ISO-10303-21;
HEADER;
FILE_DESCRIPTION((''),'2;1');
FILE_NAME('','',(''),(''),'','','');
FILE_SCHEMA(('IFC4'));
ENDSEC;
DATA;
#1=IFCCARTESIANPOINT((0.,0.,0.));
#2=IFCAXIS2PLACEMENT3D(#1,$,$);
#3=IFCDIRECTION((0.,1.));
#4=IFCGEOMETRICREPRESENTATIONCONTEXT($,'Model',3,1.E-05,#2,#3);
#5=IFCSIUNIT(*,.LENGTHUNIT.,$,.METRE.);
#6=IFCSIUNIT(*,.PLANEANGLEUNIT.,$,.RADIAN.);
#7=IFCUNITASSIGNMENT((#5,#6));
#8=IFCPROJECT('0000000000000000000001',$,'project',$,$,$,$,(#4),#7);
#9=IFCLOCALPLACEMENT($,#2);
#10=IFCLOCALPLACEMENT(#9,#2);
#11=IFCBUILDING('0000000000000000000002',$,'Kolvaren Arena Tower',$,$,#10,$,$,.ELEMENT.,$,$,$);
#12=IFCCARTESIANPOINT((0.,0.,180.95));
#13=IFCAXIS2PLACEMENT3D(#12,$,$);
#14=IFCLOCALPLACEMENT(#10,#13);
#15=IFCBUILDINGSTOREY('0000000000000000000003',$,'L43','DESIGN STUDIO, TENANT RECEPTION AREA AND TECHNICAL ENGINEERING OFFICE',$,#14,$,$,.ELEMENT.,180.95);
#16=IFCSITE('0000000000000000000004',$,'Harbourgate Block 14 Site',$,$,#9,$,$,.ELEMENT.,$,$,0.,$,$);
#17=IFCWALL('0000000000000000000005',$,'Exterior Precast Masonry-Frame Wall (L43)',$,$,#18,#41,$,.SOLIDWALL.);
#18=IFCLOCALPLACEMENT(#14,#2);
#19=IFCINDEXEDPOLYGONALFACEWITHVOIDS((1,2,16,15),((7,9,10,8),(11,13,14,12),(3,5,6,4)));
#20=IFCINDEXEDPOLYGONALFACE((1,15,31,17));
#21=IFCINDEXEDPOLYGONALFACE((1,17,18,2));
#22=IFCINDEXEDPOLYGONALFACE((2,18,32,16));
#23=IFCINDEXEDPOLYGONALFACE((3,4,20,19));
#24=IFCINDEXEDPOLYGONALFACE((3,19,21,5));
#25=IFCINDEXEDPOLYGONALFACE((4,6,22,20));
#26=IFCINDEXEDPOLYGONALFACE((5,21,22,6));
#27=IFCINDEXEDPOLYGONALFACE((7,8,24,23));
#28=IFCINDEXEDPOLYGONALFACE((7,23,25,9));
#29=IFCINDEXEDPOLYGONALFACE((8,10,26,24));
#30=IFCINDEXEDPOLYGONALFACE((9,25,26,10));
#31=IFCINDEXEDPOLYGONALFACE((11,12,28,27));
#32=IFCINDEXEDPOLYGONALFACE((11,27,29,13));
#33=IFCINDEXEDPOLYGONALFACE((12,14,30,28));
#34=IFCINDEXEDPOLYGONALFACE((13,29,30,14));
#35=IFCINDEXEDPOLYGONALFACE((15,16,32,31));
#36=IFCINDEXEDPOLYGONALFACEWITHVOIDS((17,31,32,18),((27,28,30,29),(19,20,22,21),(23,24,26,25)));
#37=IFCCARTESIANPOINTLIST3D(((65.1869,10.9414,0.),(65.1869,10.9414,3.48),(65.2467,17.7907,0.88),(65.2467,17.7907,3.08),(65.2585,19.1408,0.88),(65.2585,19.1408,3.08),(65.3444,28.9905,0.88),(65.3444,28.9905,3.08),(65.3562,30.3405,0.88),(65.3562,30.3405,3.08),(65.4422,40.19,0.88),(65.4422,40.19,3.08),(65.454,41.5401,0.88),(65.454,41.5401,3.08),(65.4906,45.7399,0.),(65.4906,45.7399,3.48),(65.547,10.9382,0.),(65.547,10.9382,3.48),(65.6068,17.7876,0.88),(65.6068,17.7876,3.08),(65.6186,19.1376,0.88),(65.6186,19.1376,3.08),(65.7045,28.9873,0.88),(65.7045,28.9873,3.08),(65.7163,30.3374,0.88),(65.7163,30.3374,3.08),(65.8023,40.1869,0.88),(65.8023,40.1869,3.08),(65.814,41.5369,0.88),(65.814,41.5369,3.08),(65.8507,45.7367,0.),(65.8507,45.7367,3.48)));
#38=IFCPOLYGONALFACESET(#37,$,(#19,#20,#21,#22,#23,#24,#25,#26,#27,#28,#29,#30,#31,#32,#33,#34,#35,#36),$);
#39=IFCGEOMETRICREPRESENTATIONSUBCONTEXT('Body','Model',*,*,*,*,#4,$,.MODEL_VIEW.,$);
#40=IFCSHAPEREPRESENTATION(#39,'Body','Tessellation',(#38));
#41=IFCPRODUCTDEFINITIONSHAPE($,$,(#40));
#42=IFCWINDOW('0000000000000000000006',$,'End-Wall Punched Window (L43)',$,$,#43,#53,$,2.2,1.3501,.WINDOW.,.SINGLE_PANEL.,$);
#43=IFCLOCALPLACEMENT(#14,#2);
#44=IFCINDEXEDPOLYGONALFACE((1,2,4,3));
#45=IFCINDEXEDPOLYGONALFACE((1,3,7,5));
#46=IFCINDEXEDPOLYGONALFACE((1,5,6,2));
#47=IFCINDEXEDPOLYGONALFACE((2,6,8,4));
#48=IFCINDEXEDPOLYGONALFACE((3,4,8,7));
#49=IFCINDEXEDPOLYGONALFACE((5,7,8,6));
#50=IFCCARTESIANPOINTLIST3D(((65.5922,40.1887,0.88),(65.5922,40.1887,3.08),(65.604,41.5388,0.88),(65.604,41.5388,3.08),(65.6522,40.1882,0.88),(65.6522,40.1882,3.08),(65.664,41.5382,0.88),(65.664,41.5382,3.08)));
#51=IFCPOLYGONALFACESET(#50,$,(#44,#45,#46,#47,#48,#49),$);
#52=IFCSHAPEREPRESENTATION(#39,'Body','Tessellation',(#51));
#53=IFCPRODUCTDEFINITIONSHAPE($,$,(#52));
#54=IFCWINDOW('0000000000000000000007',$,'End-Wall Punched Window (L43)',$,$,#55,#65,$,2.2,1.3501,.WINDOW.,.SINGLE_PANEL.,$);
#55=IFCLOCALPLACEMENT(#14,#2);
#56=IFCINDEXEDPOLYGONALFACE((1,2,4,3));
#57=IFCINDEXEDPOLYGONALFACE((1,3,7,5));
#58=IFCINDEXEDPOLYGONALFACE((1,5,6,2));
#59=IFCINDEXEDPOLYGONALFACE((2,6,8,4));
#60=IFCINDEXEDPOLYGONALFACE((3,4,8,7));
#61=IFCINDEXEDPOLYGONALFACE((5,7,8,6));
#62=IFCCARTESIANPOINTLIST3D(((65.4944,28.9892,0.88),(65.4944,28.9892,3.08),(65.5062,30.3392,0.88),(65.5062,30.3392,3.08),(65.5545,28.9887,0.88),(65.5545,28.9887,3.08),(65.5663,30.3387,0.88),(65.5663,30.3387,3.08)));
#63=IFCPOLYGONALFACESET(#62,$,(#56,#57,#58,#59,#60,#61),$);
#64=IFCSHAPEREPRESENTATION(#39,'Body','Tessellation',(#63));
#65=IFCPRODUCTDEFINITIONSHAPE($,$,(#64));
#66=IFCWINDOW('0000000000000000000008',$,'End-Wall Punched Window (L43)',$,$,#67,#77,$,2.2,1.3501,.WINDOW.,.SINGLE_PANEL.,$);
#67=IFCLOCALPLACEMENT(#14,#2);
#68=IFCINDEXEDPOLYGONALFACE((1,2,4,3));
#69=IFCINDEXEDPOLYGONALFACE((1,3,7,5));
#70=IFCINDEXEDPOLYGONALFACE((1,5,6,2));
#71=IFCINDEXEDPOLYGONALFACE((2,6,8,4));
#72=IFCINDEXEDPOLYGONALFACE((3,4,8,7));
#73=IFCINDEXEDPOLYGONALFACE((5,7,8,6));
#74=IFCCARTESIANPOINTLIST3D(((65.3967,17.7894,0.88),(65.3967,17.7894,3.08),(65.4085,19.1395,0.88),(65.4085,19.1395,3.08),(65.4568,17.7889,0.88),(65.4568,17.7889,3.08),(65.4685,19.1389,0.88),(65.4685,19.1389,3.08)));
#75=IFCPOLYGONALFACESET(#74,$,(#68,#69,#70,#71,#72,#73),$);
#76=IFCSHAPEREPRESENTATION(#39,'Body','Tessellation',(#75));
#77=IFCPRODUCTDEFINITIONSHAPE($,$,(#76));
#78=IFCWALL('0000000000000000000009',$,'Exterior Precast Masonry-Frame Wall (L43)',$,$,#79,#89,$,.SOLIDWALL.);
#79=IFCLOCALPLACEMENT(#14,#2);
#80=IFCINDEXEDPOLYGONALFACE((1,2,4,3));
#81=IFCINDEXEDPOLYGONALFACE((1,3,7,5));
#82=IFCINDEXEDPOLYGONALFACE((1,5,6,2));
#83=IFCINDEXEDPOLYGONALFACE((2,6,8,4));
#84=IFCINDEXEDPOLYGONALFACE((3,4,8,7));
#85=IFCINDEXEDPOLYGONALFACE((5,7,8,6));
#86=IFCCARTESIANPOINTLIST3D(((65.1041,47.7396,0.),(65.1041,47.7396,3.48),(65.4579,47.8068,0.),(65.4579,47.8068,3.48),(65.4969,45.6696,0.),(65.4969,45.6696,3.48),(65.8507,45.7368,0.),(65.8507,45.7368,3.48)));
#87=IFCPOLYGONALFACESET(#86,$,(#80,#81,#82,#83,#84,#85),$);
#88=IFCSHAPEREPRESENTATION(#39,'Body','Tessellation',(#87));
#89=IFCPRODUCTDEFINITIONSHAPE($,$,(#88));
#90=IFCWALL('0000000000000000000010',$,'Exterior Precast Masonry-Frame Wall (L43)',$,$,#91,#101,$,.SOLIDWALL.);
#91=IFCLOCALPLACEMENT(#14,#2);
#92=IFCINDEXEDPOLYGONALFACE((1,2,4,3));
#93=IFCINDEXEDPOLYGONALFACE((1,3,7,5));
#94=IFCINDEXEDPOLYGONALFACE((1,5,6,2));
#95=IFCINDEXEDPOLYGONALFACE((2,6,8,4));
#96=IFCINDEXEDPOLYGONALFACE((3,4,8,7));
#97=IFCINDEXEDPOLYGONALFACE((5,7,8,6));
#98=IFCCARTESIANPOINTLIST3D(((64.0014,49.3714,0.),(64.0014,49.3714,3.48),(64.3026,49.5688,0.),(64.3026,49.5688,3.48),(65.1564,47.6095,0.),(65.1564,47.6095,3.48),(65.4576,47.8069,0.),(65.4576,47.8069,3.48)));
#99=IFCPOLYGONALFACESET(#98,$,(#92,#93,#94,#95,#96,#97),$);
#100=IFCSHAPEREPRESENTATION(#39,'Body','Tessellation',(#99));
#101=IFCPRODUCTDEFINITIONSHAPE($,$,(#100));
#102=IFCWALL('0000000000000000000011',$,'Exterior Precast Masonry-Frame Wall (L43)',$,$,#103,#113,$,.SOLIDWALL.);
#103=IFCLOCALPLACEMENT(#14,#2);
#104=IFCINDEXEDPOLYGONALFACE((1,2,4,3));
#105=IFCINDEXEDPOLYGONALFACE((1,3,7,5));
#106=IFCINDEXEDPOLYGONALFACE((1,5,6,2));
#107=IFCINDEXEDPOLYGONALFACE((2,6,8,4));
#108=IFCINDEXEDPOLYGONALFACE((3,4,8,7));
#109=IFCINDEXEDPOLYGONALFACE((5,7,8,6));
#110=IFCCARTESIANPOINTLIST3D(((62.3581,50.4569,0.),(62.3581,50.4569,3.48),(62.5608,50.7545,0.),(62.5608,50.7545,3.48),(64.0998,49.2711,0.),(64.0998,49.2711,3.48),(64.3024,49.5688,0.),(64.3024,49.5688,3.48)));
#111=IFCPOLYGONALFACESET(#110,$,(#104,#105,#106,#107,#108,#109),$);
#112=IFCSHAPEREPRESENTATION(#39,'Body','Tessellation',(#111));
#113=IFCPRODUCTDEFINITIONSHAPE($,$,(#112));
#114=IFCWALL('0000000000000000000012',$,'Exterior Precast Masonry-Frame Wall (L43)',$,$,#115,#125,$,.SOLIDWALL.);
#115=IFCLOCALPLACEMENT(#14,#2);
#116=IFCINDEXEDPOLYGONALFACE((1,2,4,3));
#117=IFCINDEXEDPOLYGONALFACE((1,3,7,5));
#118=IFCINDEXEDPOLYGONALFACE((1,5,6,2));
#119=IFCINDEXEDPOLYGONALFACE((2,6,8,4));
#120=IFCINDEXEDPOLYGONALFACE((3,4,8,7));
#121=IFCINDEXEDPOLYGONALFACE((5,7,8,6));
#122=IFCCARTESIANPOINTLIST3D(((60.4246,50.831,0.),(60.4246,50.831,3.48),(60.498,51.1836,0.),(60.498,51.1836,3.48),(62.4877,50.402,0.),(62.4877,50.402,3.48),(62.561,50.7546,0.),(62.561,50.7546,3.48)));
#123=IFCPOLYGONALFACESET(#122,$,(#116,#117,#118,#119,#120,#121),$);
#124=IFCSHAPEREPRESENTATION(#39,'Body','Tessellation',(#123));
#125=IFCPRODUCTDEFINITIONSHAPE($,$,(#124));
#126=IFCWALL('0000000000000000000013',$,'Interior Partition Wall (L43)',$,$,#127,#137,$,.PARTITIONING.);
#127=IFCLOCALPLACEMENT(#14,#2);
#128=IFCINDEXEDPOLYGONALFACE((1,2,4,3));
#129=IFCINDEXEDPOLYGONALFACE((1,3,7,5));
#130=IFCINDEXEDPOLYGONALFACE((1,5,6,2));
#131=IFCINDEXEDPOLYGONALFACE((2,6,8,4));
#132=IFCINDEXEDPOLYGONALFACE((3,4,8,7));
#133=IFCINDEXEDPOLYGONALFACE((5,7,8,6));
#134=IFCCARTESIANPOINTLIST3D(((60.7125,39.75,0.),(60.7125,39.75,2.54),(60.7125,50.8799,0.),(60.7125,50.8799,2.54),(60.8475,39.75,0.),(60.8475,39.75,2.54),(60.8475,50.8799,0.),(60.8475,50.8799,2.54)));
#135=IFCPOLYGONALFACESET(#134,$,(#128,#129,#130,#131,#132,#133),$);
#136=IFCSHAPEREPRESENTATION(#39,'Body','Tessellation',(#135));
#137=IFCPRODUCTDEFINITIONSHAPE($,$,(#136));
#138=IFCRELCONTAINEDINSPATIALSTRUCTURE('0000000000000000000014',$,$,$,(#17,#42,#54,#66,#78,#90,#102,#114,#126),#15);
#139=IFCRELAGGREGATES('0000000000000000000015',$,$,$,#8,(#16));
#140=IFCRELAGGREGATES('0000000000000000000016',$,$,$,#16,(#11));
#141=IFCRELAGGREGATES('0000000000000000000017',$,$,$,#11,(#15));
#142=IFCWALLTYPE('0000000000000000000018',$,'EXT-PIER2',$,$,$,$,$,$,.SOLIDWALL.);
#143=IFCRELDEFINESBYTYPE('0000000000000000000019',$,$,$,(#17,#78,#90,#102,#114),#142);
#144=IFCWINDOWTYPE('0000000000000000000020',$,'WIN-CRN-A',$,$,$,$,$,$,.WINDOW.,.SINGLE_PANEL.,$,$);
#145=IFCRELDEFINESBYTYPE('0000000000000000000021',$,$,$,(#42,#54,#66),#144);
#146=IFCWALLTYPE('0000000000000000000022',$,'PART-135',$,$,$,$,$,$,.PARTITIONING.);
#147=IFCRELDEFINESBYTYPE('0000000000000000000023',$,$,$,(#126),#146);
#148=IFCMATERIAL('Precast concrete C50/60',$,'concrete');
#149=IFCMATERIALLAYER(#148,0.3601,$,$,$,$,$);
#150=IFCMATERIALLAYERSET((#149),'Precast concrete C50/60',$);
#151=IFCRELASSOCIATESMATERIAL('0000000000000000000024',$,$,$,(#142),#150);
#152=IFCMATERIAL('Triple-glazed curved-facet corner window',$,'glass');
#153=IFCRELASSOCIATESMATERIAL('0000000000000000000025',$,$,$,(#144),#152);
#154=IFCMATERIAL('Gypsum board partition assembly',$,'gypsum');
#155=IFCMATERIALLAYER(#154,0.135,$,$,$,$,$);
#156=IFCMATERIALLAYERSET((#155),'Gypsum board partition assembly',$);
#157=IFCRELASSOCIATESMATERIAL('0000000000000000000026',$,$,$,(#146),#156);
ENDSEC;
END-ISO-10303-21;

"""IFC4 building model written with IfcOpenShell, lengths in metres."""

from ifc_helpers import new_model, si_unit, direction, frame, frame_2d, origin, place, context, subcontext, project, spatial, rectangle, extrude, material, layer, layer_set, type_object, element, fill, save


model = new_model("IFC4")

# Units and contexts
model_context = context("Model", 3, precision=1e-05, world=origin(), true_north=direction((0.0, 1.0)))
body_context = subcontext(model_context, "Body", "Model", "MODEL_VIEW")
ifc_project = project(units=[si_unit("LENGTHUNIT", "METRE"), si_unit("PLANEANGLEUNIT", "RADIAN")], contexts=[model_context])

# Site, building, storey
site_placement = place(None, origin())
site = spatial("IfcSite", under=ifc_project, at=site_placement, Name="Harbourgate Block 14 Site", CompositionType="ELEMENT", RefElevation=0.0)
building_placement = place(site_placement, origin())
building = spatial("IfcBuilding", under=site, at=building_placement, Name="Kolvaren Arena Tower", CompositionType="ELEMENT")
storey_placement = place(building_placement, frame((0.0, 0.0, 180.95)))
storey = spatial("IfcBuildingStorey", under=building, at=storey_placement, Name="L43", Description="DESIGN STUDIO, TENANT RECEPTION AREA AND TECHNICAL ENGINEERING OFFICE", CompositionType="ELEMENT", Elevation=180.95)

# Wall, openings, windows
ifc_material_1 = material(Name="Precast concrete C50/60", Category="concrete")
ifc_layer_1 = layer(ifc_material_1, 0.3601)
ifc_layer_set_1 = layer_set([ifc_layer_1], Name="Precast concrete C50/60")
wall_type_1 = type_object("IfcWallType", Name="EXT-PIER2", PredefinedType="SOLIDWALL", material=ifc_layer_set_1)
wall_1_placement = place(storey_placement, frame((65.6707, 45.7383, 0.0), z_axis=(0.0, 0.0, 1.0), x_axis=(-0.008727, -0.999962, 0.0)))
wall_1 = element("IfcWall", 1, at=wall_1_placement, inside=storey, type_object=wall_type_1, Name="Exterior Precast Masonry-Frame Wall (L43)", PredefinedType="SOLIDWALL", context=body_context, shape_type="SweptSolid", body=[
    extrude(rectangle(XDim=34.7998, YDim=0.3601, at=frame_2d((17.3999, 0.0))), origin(), (0.0, 0.0, 1.0), 3.48),
])
opening_1_placement = place(wall_1_placement, frame((4.2, 0.0, 0.8799)))
opening_1 = element("IfcOpeningElement", 2, at=opening_1_placement, cuts=wall_1, PredefinedType="OPENING", context=body_context, shape_type="SweptSolid", body=[
    extrude(rectangle(XDim=1.3501, YDim=2.2, at=frame_2d((0.675, 1.1001))), frame((0.0, 0.1899, 0.0), z_axis=(0.0, -1.0, 0.0), x_axis=(1.0, 0.0, 0.0)), (0.0, 0.0, 1.0), 0.3801),
])
opening_2_placement = place(wall_1_placement, frame((15.3999, 0.0, 0.8799)))
opening_2 = element("IfcOpeningElement", 3, at=opening_2_placement, cuts=wall_1, PredefinedType="OPENING", context=body_context, shape_type="SweptSolid", body=[
    extrude(rectangle(XDim=1.3501, YDim=2.2, at=frame_2d((0.675, 1.1001))), frame((0.0, 0.1899, 0.0), z_axis=(0.0, -1.0, 0.0), x_axis=(1.0, 0.0, 0.0)), (0.0, 0.0, 1.0), 0.3801),
])
opening_3_placement = place(wall_1_placement, frame((26.6001, 0.0, 0.8799)))
opening_3 = element("IfcOpeningElement", 4, at=opening_3_placement, cuts=wall_1, PredefinedType="OPENING", context=body_context, shape_type="SweptSolid", body=[
    extrude(rectangle(XDim=1.3501, YDim=2.2, at=frame_2d((0.675, 1.1001))), frame((0.0, 0.1899, 0.0), z_axis=(0.0, -1.0, 0.0), x_axis=(1.0, 0.0, 0.0)), (0.0, 0.0, 1.0), 0.3801),
])
ifc_material_2 = material(Name="Triple-glazed curved-facet corner window", Category="glass")
window_type = type_object("IfcWindowType", Name="WIN-CRN-A", PartitioningType="SINGLE_PANEL", PredefinedType="WINDOW", material=ifc_material_2)
window_1_placement = place(opening_1_placement, origin())
window_1 = element("IfcWindow", 5, at=window_1_placement, inside=storey, type_object=window_type, Name="End-Wall Punched Window (L43)", OverallHeight=2.2, OverallWidth=1.3501, PartitioningType="SINGLE_PANEL", PredefinedType="WINDOW", context=body_context, shape_type="SweptSolid", body=[
    extrude(rectangle(XDim=1.3501, YDim=2.2, at=frame_2d((0.675, 1.1001))), frame((0.0, 0.03, 0.0), z_axis=(0.0, -1.0, 0.0), x_axis=(1.0, 0.0, 0.0)), (0.0, 0.0, 1.0), 0.0601),
])
fill(opening_1, window_1)
window_2_placement = place(opening_2_placement, origin())
window_2 = element("IfcWindow", 6, at=window_2_placement, inside=storey, type_object=window_type, Name="End-Wall Punched Window (L43)", OverallHeight=2.2, OverallWidth=1.3501, PartitioningType="SINGLE_PANEL", PredefinedType="WINDOW", context=body_context, shape_type="SweptSolid", body=[
    extrude(rectangle(XDim=1.3501, YDim=2.2, at=frame_2d((0.675, 1.1001))), frame((0.0, 0.03, 0.0), z_axis=(0.0, -1.0, 0.0), x_axis=(1.0, 0.0, 0.0)), (0.0, 0.0, 1.0), 0.0601),
])
fill(opening_2, window_2)
window_3_placement = place(opening_3_placement, origin())
window_3 = element("IfcWindow", 7, at=window_3_placement, inside=storey, type_object=window_type, Name="End-Wall Punched Window (L43)", OverallHeight=2.2, OverallWidth=1.3501, PartitioningType="SINGLE_PANEL", PredefinedType="WINDOW", context=body_context, shape_type="SweptSolid", body=[
    extrude(rectangle(XDim=1.3501, YDim=2.2, at=frame_2d((0.675, 1.1001))), frame((0.0, 0.03, 0.0), z_axis=(0.0, -1.0, 0.0), x_axis=(1.0, 0.0, 0.0)), (0.0, 0.0, 1.0), 0.0601),
])
fill(opening_3, window_3)

# Walls
wall_2_placement = place(storey_placement, frame((65.281, 47.7732, 0.0), z_axis=(0.0, 0.0, 1.0), x_axis=(0.186436, -0.982467, 0.0)))
element("IfcWall", 8, at=wall_2_placement, inside=storey, type_object=wall_type_1, Name="Exterior Precast Masonry-Frame Wall (L43)", PredefinedType="SOLIDWALL", context=body_context, shape_type="SweptSolid", body=[
    extrude(rectangle(XDim=2.1069, YDim=0.3601, at=frame_2d((1.0535, 0.0))), origin(), (0.0, 0.0, 1.0), 3.48),
])
wall_3_placement = place(storey_placement, frame((64.1521, 49.47, 0.0), z_axis=(0.0, 0.0, 1.0), x_axis=(0.548239, -0.836322, 0.0)))
element("IfcWall", 9, at=wall_3_placement, inside=storey, type_object=wall_type_1, Name="Exterior Precast Masonry-Frame Wall (L43)", PredefinedType="SOLIDWALL", context=body_context, shape_type="SweptSolid", body=[
    extrude(rectangle(XDim=2.1067, YDim=0.3601, at=frame_2d((1.0532, 0.0))), origin(), (0.0, 0.0, 1.0), 3.48),
])
wall_4_placement = place(storey_placement, frame((62.4595, 50.6057, 0.0), z_axis=(0.0, 0.0, 1.0), x_axis=(0.82661, -0.562776, 0.0)))
element("IfcWall", 10, at=wall_4_placement, inside=storey, type_object=wall_type_1, Name="Exterior Precast Masonry-Frame Wall (L43)", PredefinedType="SOLIDWALL", context=body_context, shape_type="SweptSolid", body=[
    extrude(rectangle(XDim=2.1069, YDim=0.3601, at=frame_2d((1.0535, 0.0))), origin(), (0.0, 0.0, 1.0), 3.48),
])
wall_5_placement = place(storey_placement, frame((60.4612, 51.0073, 0.0), z_axis=(0.0, 0.0, 1.0), x_axis=(0.979059, -0.203575, 0.0)))
element("IfcWall", 11, at=wall_5_placement, inside=storey, type_object=wall_type_1, Name="Exterior Precast Masonry-Frame Wall (L43)", PredefinedType="SOLIDWALL", context=body_context, shape_type="SweptSolid", body=[
    extrude(rectangle(XDim=2.1072, YDim=0.3601, at=frame_2d((1.0537, 0.0))), origin(), (0.0, 0.0, 1.0), 3.48),
])
ifc_material_3 = material(Name="Gypsum board partition assembly", Category="gypsum")
ifc_layer_2 = layer(ifc_material_3, 0.135)
ifc_layer_set_2 = layer_set([ifc_layer_2], Name="Gypsum board partition assembly")
wall_type_2 = type_object("IfcWallType", Name="PART-135", PredefinedType="PARTITIONING", material=ifc_layer_set_2)
wall_6_placement = place(storey_placement, frame((60.78, 39.75, 0.0), z_axis=(0.0, 0.0, 1.0), x_axis=(0.0, 1.0, 0.0)))
element("IfcWall", 12, at=wall_6_placement, inside=storey, type_object=wall_type_2, Name="Interior Partition Wall (L43)", PredefinedType="PARTITIONING", context=body_context, shape_type="SweptSolid", body=[
    extrude(rectangle(XDim=11.1299, YDim=0.135, at=frame_2d((5.5649, 0.0))), origin(), (0.0, 0.0, 1.0), 2.54),
])

save(model, "model.ifc")
